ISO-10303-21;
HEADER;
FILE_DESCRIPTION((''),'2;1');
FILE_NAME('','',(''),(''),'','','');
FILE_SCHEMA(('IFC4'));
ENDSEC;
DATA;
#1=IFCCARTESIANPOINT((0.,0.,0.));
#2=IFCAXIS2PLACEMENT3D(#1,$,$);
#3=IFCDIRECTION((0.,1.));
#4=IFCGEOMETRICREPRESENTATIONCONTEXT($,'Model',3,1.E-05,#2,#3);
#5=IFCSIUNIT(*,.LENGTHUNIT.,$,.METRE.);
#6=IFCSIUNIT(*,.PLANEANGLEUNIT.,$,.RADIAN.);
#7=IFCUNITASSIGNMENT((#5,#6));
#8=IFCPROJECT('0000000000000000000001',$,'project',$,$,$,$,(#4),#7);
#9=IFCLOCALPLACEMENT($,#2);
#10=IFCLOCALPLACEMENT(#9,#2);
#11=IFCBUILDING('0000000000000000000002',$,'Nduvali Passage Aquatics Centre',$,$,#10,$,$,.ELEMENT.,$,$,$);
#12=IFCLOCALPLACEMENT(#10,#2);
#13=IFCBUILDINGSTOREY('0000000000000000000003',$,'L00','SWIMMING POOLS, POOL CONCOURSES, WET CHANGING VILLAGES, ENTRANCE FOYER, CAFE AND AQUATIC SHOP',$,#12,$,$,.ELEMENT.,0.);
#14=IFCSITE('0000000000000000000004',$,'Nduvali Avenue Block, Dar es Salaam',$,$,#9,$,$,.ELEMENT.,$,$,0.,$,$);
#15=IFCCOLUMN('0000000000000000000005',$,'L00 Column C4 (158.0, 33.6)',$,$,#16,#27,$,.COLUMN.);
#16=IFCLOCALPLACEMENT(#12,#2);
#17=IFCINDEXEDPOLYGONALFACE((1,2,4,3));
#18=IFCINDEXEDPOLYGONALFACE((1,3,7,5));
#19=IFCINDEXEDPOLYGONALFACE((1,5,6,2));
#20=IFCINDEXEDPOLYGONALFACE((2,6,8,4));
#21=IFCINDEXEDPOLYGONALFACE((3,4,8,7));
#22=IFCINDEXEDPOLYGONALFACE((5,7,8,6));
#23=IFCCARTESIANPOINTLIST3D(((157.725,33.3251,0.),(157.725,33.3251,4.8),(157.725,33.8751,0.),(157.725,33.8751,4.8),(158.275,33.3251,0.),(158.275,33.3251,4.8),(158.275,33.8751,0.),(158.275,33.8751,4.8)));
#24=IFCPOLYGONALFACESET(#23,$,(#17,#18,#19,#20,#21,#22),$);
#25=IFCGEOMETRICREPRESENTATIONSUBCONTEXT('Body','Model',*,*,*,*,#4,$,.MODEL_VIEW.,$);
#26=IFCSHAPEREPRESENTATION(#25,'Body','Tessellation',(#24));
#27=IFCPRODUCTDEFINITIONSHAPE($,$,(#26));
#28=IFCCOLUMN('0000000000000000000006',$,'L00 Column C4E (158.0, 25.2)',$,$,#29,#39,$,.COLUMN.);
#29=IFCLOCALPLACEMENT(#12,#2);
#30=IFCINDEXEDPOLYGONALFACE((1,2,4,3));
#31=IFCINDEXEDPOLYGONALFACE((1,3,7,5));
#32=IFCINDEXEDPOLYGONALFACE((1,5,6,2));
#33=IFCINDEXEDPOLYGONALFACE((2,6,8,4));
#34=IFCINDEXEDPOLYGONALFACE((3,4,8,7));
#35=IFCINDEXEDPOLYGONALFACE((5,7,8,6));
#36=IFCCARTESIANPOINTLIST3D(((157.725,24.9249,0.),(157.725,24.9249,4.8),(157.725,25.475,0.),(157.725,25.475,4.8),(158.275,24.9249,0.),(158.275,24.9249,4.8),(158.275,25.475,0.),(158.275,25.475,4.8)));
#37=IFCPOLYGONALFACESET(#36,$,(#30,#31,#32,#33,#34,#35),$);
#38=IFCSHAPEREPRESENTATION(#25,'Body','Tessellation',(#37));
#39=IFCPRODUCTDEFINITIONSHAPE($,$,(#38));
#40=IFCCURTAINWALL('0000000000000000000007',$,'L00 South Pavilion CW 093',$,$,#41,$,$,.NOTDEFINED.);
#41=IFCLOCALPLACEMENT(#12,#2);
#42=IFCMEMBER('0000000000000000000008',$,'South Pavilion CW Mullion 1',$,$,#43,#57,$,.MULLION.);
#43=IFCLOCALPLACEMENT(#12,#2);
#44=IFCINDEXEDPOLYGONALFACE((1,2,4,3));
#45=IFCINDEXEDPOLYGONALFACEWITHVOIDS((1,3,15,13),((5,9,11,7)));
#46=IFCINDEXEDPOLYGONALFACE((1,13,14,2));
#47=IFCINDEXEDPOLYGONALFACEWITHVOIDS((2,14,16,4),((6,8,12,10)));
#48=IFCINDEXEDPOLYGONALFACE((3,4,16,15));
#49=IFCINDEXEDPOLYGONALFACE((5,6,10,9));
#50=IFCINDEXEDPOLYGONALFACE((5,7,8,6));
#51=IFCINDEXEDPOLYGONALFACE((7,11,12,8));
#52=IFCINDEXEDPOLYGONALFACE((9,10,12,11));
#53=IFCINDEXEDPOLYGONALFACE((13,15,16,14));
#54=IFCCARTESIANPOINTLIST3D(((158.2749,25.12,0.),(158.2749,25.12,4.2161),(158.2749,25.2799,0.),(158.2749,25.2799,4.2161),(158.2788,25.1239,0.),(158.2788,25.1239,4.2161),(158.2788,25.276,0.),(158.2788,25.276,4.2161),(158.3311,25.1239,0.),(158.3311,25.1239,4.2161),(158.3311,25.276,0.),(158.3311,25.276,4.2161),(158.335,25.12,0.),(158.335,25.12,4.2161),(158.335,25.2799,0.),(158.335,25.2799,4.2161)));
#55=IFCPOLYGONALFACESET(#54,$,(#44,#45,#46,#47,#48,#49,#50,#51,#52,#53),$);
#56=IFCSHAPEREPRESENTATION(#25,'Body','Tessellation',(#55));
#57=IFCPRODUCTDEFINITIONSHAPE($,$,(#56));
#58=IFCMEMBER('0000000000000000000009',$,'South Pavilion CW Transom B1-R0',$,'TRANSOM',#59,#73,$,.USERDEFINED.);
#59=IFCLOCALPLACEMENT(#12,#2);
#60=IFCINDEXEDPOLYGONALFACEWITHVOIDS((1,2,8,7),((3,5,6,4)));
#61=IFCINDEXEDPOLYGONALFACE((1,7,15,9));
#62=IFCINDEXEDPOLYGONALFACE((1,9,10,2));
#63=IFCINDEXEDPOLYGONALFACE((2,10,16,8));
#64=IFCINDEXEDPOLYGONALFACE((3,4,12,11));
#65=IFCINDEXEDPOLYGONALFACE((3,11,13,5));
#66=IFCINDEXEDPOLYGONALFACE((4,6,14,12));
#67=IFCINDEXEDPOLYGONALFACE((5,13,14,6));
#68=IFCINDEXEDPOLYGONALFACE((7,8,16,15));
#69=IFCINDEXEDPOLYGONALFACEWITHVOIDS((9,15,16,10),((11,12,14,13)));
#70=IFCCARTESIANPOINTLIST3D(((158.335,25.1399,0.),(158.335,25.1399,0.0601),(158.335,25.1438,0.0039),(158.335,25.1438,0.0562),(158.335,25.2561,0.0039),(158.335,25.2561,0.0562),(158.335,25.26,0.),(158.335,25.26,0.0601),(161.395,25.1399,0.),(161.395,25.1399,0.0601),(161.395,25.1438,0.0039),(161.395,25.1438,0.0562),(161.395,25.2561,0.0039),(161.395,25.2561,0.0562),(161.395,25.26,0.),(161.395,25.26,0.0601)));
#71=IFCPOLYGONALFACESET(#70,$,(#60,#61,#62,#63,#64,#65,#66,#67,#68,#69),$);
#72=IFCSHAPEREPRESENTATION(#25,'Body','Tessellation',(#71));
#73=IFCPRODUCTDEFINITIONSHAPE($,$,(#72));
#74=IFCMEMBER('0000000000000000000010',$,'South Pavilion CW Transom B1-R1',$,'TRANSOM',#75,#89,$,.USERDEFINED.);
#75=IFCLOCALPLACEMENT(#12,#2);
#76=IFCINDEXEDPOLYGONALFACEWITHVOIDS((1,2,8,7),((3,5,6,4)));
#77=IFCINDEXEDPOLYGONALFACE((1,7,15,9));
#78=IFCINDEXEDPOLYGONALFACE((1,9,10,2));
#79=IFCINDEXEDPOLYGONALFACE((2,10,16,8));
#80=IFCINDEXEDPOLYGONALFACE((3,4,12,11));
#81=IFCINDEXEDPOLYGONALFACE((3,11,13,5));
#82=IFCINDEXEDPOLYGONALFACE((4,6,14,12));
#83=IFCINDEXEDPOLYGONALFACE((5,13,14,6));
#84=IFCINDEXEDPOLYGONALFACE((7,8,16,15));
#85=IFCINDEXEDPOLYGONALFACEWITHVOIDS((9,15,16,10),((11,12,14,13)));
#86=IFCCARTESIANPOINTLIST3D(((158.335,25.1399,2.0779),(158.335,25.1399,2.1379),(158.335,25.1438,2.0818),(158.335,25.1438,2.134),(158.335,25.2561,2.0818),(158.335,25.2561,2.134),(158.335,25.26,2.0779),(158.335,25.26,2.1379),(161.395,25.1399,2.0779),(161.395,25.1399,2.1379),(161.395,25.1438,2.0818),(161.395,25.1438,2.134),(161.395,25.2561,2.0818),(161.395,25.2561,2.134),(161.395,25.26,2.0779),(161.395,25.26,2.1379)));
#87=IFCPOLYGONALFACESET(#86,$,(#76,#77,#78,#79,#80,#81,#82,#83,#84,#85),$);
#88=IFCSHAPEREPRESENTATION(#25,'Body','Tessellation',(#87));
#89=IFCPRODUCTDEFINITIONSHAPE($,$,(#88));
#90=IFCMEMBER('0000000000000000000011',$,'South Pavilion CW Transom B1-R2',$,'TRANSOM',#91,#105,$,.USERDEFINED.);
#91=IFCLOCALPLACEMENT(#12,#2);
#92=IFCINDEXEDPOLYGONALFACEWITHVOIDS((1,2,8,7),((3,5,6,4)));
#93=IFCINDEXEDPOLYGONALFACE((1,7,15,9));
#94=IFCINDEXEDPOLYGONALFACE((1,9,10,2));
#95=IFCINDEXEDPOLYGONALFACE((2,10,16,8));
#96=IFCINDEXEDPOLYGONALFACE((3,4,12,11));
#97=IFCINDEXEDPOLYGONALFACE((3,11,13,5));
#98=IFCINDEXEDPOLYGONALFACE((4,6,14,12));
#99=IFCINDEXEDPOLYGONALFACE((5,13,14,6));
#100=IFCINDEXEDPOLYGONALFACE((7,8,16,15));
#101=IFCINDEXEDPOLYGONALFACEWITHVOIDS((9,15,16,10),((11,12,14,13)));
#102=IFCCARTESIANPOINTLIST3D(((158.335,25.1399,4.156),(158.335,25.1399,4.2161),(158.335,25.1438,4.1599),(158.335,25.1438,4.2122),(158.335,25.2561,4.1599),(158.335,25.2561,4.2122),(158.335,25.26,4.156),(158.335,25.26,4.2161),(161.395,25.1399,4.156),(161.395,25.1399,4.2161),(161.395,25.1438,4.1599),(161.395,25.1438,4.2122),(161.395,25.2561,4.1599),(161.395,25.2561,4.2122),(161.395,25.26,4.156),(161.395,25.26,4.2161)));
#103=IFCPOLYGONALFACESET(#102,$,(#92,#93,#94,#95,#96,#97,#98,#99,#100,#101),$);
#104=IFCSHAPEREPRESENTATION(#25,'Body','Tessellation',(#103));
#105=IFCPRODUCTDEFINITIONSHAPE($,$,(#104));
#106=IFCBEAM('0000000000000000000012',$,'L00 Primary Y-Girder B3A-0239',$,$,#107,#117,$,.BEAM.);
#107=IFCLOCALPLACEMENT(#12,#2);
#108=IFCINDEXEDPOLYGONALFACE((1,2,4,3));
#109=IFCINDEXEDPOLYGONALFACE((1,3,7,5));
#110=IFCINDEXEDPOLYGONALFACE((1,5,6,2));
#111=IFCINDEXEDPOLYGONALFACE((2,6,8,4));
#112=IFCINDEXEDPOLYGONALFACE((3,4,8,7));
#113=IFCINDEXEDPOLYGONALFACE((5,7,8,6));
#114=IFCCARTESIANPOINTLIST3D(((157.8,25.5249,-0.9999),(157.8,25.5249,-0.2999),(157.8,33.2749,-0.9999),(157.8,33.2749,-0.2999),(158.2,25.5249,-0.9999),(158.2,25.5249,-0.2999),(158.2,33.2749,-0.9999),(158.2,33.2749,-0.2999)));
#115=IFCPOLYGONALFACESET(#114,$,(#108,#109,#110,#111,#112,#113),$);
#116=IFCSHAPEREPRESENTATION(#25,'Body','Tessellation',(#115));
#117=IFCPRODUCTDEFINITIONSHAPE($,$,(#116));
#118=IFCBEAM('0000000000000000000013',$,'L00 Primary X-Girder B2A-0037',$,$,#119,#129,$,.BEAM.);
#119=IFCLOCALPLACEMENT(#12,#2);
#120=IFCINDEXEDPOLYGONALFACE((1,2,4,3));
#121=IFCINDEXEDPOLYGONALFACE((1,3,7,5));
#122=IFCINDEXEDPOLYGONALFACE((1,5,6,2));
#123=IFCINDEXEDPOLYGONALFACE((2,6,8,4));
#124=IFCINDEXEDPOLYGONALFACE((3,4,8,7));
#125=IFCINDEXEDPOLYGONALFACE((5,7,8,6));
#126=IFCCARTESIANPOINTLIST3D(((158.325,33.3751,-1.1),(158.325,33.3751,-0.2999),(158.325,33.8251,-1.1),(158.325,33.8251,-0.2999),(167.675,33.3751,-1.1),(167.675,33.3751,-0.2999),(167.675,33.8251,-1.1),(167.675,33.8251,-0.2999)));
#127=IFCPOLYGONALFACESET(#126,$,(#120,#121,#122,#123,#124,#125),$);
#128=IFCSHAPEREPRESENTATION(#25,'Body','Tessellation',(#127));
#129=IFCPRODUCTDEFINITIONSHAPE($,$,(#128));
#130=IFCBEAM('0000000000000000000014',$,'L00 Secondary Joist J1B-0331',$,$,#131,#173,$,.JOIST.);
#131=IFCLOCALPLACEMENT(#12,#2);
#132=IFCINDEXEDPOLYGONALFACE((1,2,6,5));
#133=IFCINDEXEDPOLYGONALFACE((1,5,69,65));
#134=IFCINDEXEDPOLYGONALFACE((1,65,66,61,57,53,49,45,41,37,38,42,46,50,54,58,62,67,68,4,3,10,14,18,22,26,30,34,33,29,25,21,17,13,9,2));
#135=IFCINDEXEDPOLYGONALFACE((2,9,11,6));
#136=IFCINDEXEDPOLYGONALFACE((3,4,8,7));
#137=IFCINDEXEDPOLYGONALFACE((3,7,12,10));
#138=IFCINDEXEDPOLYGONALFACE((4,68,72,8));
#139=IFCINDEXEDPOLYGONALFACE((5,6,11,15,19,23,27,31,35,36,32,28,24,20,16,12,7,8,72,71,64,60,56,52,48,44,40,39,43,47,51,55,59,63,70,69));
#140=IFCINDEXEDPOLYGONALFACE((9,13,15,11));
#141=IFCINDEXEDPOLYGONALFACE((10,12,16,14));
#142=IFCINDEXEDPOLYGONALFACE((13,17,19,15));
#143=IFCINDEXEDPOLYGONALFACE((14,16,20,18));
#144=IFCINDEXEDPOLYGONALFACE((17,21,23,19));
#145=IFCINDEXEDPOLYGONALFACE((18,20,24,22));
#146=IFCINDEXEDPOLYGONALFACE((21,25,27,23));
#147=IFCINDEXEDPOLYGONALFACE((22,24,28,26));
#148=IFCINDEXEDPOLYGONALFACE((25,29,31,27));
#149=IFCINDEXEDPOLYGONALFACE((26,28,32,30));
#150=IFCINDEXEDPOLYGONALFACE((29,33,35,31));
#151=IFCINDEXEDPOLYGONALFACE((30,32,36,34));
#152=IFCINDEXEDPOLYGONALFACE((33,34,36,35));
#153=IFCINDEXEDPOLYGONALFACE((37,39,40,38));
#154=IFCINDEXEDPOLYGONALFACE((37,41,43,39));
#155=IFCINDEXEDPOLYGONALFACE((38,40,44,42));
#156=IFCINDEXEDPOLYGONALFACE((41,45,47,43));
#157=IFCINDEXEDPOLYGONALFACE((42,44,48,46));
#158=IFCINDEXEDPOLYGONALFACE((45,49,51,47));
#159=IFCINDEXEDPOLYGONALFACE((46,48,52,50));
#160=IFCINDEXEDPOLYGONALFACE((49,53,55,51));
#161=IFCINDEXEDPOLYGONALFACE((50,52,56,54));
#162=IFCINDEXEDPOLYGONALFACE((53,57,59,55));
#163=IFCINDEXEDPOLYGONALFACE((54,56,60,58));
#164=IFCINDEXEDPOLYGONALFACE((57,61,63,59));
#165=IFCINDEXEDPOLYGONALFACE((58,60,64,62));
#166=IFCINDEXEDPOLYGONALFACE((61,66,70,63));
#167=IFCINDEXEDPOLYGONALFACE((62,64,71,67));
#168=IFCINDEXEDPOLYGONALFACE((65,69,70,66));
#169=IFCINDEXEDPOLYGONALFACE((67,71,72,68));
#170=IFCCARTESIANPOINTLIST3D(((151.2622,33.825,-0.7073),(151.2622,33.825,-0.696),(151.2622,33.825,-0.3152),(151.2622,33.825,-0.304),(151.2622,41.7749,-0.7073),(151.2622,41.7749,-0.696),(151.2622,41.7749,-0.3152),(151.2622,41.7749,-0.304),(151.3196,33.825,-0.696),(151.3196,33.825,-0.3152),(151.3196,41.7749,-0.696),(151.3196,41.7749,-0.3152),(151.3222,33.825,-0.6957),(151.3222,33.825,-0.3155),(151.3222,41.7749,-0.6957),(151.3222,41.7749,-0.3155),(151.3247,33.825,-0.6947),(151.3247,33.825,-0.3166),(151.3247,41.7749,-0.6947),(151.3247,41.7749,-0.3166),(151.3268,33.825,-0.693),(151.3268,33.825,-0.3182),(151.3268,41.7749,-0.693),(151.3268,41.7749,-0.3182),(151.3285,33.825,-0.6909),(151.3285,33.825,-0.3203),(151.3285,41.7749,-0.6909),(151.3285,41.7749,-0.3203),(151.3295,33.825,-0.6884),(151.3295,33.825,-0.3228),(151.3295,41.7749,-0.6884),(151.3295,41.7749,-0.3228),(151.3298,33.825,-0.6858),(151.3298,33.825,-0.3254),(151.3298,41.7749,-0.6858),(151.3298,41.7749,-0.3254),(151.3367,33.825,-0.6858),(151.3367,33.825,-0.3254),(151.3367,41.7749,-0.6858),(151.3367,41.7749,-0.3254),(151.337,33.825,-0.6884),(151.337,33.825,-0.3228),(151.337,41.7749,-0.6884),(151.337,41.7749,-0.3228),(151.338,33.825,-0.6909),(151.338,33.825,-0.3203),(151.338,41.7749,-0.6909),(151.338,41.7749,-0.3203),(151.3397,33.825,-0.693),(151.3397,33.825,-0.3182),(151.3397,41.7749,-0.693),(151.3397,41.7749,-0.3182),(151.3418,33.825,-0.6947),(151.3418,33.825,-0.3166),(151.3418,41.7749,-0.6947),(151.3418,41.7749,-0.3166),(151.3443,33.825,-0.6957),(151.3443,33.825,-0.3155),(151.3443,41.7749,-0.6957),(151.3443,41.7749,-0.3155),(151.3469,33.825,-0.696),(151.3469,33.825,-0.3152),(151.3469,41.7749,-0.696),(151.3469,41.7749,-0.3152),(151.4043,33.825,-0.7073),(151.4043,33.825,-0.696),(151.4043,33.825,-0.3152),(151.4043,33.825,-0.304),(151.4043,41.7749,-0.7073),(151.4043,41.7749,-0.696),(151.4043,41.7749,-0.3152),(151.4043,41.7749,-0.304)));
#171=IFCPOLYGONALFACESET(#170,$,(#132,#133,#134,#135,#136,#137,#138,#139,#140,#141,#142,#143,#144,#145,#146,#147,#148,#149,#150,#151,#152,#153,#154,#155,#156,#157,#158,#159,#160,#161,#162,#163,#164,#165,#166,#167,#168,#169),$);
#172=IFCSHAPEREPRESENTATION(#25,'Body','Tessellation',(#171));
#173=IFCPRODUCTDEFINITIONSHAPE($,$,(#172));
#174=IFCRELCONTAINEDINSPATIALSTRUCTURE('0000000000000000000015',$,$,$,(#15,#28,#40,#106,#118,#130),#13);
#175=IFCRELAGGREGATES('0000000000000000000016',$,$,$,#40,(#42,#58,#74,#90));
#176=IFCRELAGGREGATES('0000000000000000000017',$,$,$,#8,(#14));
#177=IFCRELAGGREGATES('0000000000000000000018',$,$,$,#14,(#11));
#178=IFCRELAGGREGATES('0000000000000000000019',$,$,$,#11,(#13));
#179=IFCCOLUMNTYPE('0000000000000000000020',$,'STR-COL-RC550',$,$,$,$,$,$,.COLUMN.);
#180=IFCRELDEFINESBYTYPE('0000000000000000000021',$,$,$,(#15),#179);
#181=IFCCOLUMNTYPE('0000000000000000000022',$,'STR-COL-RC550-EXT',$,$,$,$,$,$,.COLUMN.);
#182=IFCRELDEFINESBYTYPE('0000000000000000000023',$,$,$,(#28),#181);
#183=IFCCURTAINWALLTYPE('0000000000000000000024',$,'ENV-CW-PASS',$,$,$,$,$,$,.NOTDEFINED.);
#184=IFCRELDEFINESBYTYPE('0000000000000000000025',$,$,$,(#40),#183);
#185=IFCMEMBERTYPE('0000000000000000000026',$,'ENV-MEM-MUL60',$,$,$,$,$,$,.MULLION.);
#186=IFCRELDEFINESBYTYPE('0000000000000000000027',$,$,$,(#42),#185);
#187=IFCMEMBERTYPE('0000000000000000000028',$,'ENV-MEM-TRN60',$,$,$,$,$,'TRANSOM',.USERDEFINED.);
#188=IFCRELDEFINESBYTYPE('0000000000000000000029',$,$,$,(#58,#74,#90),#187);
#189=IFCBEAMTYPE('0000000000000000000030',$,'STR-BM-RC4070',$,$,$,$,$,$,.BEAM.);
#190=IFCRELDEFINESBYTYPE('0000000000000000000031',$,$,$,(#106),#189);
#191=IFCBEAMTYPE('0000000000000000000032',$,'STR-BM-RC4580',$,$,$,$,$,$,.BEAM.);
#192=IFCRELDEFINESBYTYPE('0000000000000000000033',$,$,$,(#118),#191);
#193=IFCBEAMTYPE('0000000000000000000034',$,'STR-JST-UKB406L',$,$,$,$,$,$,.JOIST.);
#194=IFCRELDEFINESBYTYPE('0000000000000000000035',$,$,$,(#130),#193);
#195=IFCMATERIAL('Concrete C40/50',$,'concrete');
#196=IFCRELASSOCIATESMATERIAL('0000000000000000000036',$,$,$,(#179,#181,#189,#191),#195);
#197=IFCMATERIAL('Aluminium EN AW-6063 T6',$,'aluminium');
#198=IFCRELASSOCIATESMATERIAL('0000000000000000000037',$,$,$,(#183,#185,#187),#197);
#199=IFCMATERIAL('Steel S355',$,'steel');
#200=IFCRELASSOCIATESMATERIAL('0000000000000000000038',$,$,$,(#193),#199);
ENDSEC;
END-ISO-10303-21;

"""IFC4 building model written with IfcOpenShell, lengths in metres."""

from ifc_helpers import new_model, si_unit, direction, frame, origin, origin_2d, place, context, subcontext, project, spatial, rectangle, hollow_rectangle, i_section, extrude, material, material_profile, profile_set, type_object, element, aggregate, save


model = new_model("IFC4")

# Units and contexts
model_context = context("Model", 3, precision=1e-05, world=origin(), true_north=direction((0.0, 1.0)))
body_context = subcontext(model_context, "Body", "Model", "MODEL_VIEW")
ifc_project = project(units=[si_unit("LENGTHUNIT", "METRE"), si_unit("PLANEANGLEUNIT", "RADIAN")], contexts=[model_context])

# Site, building, storey
site_placement = place(None, origin())
site = spatial("IfcSite", under=ifc_project, at=site_placement, Name="Nduvali Avenue Block, Dar es Salaam", CompositionType="ELEMENT", RefElevation=0.0)
building_placement = place(site_placement, origin())
building = spatial("IfcBuilding", under=site, at=building_placement, Name="Nduvali Passage Aquatics Centre", CompositionType="ELEMENT")
storey_placement = place(building_placement, origin())
storey = spatial("IfcBuildingStorey", under=building, at=storey_placement, Name="L00", Description="SWIMMING POOLS, POOL CONCOURSES, WET CHANGING VILLAGES, ENTRANCE FOYER, CAFE AND AQUATIC SHOP", CompositionType="ELEMENT", Elevation=0.0)

# Columns
ifc_material_1 = material(Name="Concrete C40/50", Category="concrete")
ifc_material_profile_1 = material_profile(ifc_material_1, rectangle(XDim=0.55, YDim=0.55, at=origin_2d()), Name="RC 550x550")
ifc_profile_set_1 = profile_set([ifc_material_profile_1], Name="Concrete C40/50")
column_type_1 = type_object("IfcColumnType", Name="STR-COL-RC550", PredefinedType="COLUMN", material=ifc_profile_set_1)
column_1_placement = place(storey_placement, frame((158.0, 33.6001, 0.0), z_axis=(0.0, 0.0, 1.0), x_axis=(1.0, 0.0, 0.0)))
element("IfcColumn", 1, at=column_1_placement, inside=storey, type_object=column_type_1, Name="L00 Column C4 (158.0, 33.6)", PredefinedType="COLUMN", context=body_context, shape_type="SweptSolid", body=[
    extrude(rectangle(XDim=0.55, YDim=0.55, at=origin_2d()), origin(), (0.0, 0.0, 1.0), 4.8),
])
ifc_material_profile_2 = material_profile(ifc_material_1, rectangle(XDim=0.55, YDim=0.55, at=origin_2d()), Name="RC 550x550")
ifc_profile_set_2 = profile_set([ifc_material_profile_2], Name="Concrete C40/50")
column_type_2 = type_object("IfcColumnType", Name="STR-COL-RC550-EXT", PredefinedType="COLUMN", material=ifc_profile_set_2)
column_2_placement = place(storey_placement, frame((158.0, 25.2, 0.0), z_axis=(0.0, 0.0, 1.0), x_axis=(1.0, 0.0, 0.0)))
element("IfcColumn", 2, at=column_2_placement, inside=storey, type_object=column_type_2, Name="L00 Column C4E (158.0, 25.2)", PredefinedType="COLUMN", context=body_context, shape_type="SweptSolid", body=[
    extrude(rectangle(XDim=0.55, YDim=0.55, at=origin_2d()), origin(), (0.0, 0.0, 1.0), 4.8),
])

# Curtain wall, members
ifc_material_2 = material(Name="Aluminium EN AW-6063 T6", Category="aluminium")
curtain_wall_type = type_object("IfcCurtainWallType", Name="ENV-CW-PASS", PredefinedType="NOTDEFINED", material=ifc_material_2)
curtain_wall_placement = place(storey_placement, origin())
curtain_wall = element("IfcCurtainWall", 3, at=curtain_wall_placement, inside=storey, type_object=curtain_wall_type, Name="L00 South Pavilion CW 093", PredefinedType="NOTDEFINED")
ifc_material_profile_3 = material_profile(ifc_material_2, hollow_rectangle(XDim=0.0601, YDim=0.1599, WallThickness=0.0039, at=origin_2d()), Name="ALU MULLION 60x160x4")
ifc_profile_set_3 = profile_set([ifc_material_profile_3], Name="Aluminium EN AW-6063 T6")
member_type_1 = type_object("IfcMemberType", Name="ENV-MEM-MUL60", PredefinedType="MULLION", material=ifc_profile_set_3)
member_1_placement = place(storey_placement, frame((158.3049, 25.2, 0.0), z_axis=(0.0, 0.0, 1.0), x_axis=(1.0, 0.0, 0.0)))
member_1 = element("IfcMember", 4, at=member_1_placement, type_object=member_type_1, Name="South Pavilion CW Mullion 1", PredefinedType="MULLION", context=body_context, shape_type="SweptSolid", body=[
    extrude(hollow_rectangle(XDim=0.0601, YDim=0.1599, WallThickness=0.0039, at=origin_2d()), origin(), (0.0, 0.0, 1.0), 4.2161),
])
ifc_material_profile_4 = material_profile(ifc_material_2, hollow_rectangle(XDim=0.1201, YDim=0.0601, WallThickness=0.0039, at=origin_2d()), Name="ALU TRANSOM 120x60x4")
ifc_profile_set_4 = profile_set([ifc_material_profile_4], Name="Aluminium EN AW-6063 T6")
member_type_2 = type_object("IfcMemberType", Name="ENV-MEM-TRN60", ElementType="TRANSOM", PredefinedType="USERDEFINED", material=ifc_profile_set_4)
member_2_placement = place(storey_placement, frame((158.335, 25.2, 0.03), z_axis=(1.0, 0.0, 0.0), x_axis=(0.0, 1.0, 0.0)))
member_2 = element("IfcMember", 5, at=member_2_placement, type_object=member_type_2, Name="South Pavilion CW Transom B1-R0", ObjectType="TRANSOM", PredefinedType="USERDEFINED", context=body_context, shape_type="SweptSolid", body=[
    extrude(hollow_rectangle(XDim=0.1201, YDim=0.0601, WallThickness=0.0039, at=origin_2d()), origin(), (0.0, 0.0, 1.0), 3.0601),
])
member_3_placement = place(storey_placement, frame((158.335, 25.2, 2.1079), z_axis=(1.0, 0.0, 0.0), x_axis=(0.0, 1.0, 0.0)))
member_3 = element("IfcMember", 6, at=member_3_placement, type_object=member_type_2, Name="South Pavilion CW Transom B1-R1", ObjectType="TRANSOM", PredefinedType="USERDEFINED", context=body_context, shape_type="SweptSolid", body=[
    extrude(hollow_rectangle(XDim=0.1201, YDim=0.0601, WallThickness=0.0039, at=origin_2d()), origin(), (0.0, 0.0, 1.0), 3.0601),
])
member_4_placement = place(storey_placement, frame((158.335, 25.2, 4.186), z_axis=(1.0, 0.0, 0.0), x_axis=(0.0, 1.0, 0.0)))
member_4 = element("IfcMember", 7, at=member_4_placement, type_object=member_type_2, Name="South Pavilion CW Transom B1-R2", ObjectType="TRANSOM", PredefinedType="USERDEFINED", context=body_context, shape_type="SweptSolid", body=[
    extrude(hollow_rectangle(XDim=0.1201, YDim=0.0601, WallThickness=0.0039, at=origin_2d()), origin(), (0.0, 0.0, 1.0), 3.0601),
])

# Beams
ifc_material_profile_5 = material_profile(ifc_material_1, rectangle(XDim=0.3999, YDim=0.7, at=origin_2d()), Name="RC 400x700")
ifc_profile_set_5 = profile_set([ifc_material_profile_5], Name="Concrete C40/50")
beam_type_1 = type_object("IfcBeamType", Name="STR-BM-RC4070", PredefinedType="BEAM", material=ifc_profile_set_5)
beam_1_placement = place(storey_placement, frame((158.0, 25.5249, -0.6499), z_axis=(0.0, 1.0, 0.0), x_axis=(-1.0, 0.0, 0.0)))
element("IfcBeam", 8, at=beam_1_placement, inside=storey, type_object=beam_type_1, Name="L00 Primary Y-Girder B3A-0239", PredefinedType="BEAM", context=body_context, shape_type="SweptSolid", body=[
    extrude(rectangle(XDim=0.3999, YDim=0.7, at=origin_2d()), origin(), (0.0, 0.0, 1.0), 7.75),
])
ifc_material_profile_6 = material_profile(ifc_material_1, rectangle(XDim=0.45, YDim=0.8, at=origin_2d()), Name="RC 450x800")
ifc_profile_set_6 = profile_set([ifc_material_profile_6], Name="Concrete C40/50")
beam_type_2 = type_object("IfcBeamType", Name="STR-BM-RC4580", PredefinedType="BEAM", material=ifc_profile_set_6)
beam_2_placement = place(storey_placement, frame((158.325, 33.6001, -0.7), z_axis=(1.0, 0.0, 0.0), x_axis=(0.0, 1.0, 0.0)))
element("IfcBeam", 9, at=beam_2_placement, inside=storey, type_object=beam_type_2, Name="L00 Primary X-Girder B2A-0037", PredefinedType="BEAM", context=body_context, shape_type="SweptSolid", body=[
    extrude(rectangle(XDim=0.45, YDim=0.8, at=origin_2d()), origin(), (0.0, 0.0, 1.0), 9.3501),
])
ifc_material_3 = material(Name="Steel S355", Category="steel")
ifc_material_profile_7 = material_profile(ifc_material_3, i_section(OverallWidth=0.1421, OverallDepth=0.4033, WebThickness=0.0068, FlangeThickness=0.0112, FilletRadius=0.0103, at=origin_2d()), Name="UKB 406x140x46")
ifc_profile_set_7 = profile_set([ifc_material_profile_7], Name="Steel S355")
beam_type_3 = type_object("IfcBeamType", Name="STR-JST-UKB406L", PredefinedType="JOIST", material=ifc_profile_set_7)
for number, where, z_axis, x_axis, name in (
    (10, (151.3333, 33.825, -0.5056), (0.0, 1.0, 0.0), (-1.0, 0.0, 0.0), "L00 Secondary Joist J1B-0331"),
):
    element("IfcBeam", number, at=place(storey_placement, frame(where, z_axis=z_axis, x_axis=x_axis)), inside=storey, type_object=beam_type_3, Name=name, PredefinedType="JOIST", context=body_context, shape_type="SweptSolid", body=[
        extrude(i_section(OverallWidth=0.1421, OverallDepth=0.4033, WebThickness=0.0068, FlangeThickness=0.0112, FilletRadius=0.0103, at=origin_2d()), origin(), (0.0, 0.0, 1.0), 7.95),
    ])

aggregate(curtain_wall, [member_1, member_2, member_3, member_4])

save(model, "model.ifc")
